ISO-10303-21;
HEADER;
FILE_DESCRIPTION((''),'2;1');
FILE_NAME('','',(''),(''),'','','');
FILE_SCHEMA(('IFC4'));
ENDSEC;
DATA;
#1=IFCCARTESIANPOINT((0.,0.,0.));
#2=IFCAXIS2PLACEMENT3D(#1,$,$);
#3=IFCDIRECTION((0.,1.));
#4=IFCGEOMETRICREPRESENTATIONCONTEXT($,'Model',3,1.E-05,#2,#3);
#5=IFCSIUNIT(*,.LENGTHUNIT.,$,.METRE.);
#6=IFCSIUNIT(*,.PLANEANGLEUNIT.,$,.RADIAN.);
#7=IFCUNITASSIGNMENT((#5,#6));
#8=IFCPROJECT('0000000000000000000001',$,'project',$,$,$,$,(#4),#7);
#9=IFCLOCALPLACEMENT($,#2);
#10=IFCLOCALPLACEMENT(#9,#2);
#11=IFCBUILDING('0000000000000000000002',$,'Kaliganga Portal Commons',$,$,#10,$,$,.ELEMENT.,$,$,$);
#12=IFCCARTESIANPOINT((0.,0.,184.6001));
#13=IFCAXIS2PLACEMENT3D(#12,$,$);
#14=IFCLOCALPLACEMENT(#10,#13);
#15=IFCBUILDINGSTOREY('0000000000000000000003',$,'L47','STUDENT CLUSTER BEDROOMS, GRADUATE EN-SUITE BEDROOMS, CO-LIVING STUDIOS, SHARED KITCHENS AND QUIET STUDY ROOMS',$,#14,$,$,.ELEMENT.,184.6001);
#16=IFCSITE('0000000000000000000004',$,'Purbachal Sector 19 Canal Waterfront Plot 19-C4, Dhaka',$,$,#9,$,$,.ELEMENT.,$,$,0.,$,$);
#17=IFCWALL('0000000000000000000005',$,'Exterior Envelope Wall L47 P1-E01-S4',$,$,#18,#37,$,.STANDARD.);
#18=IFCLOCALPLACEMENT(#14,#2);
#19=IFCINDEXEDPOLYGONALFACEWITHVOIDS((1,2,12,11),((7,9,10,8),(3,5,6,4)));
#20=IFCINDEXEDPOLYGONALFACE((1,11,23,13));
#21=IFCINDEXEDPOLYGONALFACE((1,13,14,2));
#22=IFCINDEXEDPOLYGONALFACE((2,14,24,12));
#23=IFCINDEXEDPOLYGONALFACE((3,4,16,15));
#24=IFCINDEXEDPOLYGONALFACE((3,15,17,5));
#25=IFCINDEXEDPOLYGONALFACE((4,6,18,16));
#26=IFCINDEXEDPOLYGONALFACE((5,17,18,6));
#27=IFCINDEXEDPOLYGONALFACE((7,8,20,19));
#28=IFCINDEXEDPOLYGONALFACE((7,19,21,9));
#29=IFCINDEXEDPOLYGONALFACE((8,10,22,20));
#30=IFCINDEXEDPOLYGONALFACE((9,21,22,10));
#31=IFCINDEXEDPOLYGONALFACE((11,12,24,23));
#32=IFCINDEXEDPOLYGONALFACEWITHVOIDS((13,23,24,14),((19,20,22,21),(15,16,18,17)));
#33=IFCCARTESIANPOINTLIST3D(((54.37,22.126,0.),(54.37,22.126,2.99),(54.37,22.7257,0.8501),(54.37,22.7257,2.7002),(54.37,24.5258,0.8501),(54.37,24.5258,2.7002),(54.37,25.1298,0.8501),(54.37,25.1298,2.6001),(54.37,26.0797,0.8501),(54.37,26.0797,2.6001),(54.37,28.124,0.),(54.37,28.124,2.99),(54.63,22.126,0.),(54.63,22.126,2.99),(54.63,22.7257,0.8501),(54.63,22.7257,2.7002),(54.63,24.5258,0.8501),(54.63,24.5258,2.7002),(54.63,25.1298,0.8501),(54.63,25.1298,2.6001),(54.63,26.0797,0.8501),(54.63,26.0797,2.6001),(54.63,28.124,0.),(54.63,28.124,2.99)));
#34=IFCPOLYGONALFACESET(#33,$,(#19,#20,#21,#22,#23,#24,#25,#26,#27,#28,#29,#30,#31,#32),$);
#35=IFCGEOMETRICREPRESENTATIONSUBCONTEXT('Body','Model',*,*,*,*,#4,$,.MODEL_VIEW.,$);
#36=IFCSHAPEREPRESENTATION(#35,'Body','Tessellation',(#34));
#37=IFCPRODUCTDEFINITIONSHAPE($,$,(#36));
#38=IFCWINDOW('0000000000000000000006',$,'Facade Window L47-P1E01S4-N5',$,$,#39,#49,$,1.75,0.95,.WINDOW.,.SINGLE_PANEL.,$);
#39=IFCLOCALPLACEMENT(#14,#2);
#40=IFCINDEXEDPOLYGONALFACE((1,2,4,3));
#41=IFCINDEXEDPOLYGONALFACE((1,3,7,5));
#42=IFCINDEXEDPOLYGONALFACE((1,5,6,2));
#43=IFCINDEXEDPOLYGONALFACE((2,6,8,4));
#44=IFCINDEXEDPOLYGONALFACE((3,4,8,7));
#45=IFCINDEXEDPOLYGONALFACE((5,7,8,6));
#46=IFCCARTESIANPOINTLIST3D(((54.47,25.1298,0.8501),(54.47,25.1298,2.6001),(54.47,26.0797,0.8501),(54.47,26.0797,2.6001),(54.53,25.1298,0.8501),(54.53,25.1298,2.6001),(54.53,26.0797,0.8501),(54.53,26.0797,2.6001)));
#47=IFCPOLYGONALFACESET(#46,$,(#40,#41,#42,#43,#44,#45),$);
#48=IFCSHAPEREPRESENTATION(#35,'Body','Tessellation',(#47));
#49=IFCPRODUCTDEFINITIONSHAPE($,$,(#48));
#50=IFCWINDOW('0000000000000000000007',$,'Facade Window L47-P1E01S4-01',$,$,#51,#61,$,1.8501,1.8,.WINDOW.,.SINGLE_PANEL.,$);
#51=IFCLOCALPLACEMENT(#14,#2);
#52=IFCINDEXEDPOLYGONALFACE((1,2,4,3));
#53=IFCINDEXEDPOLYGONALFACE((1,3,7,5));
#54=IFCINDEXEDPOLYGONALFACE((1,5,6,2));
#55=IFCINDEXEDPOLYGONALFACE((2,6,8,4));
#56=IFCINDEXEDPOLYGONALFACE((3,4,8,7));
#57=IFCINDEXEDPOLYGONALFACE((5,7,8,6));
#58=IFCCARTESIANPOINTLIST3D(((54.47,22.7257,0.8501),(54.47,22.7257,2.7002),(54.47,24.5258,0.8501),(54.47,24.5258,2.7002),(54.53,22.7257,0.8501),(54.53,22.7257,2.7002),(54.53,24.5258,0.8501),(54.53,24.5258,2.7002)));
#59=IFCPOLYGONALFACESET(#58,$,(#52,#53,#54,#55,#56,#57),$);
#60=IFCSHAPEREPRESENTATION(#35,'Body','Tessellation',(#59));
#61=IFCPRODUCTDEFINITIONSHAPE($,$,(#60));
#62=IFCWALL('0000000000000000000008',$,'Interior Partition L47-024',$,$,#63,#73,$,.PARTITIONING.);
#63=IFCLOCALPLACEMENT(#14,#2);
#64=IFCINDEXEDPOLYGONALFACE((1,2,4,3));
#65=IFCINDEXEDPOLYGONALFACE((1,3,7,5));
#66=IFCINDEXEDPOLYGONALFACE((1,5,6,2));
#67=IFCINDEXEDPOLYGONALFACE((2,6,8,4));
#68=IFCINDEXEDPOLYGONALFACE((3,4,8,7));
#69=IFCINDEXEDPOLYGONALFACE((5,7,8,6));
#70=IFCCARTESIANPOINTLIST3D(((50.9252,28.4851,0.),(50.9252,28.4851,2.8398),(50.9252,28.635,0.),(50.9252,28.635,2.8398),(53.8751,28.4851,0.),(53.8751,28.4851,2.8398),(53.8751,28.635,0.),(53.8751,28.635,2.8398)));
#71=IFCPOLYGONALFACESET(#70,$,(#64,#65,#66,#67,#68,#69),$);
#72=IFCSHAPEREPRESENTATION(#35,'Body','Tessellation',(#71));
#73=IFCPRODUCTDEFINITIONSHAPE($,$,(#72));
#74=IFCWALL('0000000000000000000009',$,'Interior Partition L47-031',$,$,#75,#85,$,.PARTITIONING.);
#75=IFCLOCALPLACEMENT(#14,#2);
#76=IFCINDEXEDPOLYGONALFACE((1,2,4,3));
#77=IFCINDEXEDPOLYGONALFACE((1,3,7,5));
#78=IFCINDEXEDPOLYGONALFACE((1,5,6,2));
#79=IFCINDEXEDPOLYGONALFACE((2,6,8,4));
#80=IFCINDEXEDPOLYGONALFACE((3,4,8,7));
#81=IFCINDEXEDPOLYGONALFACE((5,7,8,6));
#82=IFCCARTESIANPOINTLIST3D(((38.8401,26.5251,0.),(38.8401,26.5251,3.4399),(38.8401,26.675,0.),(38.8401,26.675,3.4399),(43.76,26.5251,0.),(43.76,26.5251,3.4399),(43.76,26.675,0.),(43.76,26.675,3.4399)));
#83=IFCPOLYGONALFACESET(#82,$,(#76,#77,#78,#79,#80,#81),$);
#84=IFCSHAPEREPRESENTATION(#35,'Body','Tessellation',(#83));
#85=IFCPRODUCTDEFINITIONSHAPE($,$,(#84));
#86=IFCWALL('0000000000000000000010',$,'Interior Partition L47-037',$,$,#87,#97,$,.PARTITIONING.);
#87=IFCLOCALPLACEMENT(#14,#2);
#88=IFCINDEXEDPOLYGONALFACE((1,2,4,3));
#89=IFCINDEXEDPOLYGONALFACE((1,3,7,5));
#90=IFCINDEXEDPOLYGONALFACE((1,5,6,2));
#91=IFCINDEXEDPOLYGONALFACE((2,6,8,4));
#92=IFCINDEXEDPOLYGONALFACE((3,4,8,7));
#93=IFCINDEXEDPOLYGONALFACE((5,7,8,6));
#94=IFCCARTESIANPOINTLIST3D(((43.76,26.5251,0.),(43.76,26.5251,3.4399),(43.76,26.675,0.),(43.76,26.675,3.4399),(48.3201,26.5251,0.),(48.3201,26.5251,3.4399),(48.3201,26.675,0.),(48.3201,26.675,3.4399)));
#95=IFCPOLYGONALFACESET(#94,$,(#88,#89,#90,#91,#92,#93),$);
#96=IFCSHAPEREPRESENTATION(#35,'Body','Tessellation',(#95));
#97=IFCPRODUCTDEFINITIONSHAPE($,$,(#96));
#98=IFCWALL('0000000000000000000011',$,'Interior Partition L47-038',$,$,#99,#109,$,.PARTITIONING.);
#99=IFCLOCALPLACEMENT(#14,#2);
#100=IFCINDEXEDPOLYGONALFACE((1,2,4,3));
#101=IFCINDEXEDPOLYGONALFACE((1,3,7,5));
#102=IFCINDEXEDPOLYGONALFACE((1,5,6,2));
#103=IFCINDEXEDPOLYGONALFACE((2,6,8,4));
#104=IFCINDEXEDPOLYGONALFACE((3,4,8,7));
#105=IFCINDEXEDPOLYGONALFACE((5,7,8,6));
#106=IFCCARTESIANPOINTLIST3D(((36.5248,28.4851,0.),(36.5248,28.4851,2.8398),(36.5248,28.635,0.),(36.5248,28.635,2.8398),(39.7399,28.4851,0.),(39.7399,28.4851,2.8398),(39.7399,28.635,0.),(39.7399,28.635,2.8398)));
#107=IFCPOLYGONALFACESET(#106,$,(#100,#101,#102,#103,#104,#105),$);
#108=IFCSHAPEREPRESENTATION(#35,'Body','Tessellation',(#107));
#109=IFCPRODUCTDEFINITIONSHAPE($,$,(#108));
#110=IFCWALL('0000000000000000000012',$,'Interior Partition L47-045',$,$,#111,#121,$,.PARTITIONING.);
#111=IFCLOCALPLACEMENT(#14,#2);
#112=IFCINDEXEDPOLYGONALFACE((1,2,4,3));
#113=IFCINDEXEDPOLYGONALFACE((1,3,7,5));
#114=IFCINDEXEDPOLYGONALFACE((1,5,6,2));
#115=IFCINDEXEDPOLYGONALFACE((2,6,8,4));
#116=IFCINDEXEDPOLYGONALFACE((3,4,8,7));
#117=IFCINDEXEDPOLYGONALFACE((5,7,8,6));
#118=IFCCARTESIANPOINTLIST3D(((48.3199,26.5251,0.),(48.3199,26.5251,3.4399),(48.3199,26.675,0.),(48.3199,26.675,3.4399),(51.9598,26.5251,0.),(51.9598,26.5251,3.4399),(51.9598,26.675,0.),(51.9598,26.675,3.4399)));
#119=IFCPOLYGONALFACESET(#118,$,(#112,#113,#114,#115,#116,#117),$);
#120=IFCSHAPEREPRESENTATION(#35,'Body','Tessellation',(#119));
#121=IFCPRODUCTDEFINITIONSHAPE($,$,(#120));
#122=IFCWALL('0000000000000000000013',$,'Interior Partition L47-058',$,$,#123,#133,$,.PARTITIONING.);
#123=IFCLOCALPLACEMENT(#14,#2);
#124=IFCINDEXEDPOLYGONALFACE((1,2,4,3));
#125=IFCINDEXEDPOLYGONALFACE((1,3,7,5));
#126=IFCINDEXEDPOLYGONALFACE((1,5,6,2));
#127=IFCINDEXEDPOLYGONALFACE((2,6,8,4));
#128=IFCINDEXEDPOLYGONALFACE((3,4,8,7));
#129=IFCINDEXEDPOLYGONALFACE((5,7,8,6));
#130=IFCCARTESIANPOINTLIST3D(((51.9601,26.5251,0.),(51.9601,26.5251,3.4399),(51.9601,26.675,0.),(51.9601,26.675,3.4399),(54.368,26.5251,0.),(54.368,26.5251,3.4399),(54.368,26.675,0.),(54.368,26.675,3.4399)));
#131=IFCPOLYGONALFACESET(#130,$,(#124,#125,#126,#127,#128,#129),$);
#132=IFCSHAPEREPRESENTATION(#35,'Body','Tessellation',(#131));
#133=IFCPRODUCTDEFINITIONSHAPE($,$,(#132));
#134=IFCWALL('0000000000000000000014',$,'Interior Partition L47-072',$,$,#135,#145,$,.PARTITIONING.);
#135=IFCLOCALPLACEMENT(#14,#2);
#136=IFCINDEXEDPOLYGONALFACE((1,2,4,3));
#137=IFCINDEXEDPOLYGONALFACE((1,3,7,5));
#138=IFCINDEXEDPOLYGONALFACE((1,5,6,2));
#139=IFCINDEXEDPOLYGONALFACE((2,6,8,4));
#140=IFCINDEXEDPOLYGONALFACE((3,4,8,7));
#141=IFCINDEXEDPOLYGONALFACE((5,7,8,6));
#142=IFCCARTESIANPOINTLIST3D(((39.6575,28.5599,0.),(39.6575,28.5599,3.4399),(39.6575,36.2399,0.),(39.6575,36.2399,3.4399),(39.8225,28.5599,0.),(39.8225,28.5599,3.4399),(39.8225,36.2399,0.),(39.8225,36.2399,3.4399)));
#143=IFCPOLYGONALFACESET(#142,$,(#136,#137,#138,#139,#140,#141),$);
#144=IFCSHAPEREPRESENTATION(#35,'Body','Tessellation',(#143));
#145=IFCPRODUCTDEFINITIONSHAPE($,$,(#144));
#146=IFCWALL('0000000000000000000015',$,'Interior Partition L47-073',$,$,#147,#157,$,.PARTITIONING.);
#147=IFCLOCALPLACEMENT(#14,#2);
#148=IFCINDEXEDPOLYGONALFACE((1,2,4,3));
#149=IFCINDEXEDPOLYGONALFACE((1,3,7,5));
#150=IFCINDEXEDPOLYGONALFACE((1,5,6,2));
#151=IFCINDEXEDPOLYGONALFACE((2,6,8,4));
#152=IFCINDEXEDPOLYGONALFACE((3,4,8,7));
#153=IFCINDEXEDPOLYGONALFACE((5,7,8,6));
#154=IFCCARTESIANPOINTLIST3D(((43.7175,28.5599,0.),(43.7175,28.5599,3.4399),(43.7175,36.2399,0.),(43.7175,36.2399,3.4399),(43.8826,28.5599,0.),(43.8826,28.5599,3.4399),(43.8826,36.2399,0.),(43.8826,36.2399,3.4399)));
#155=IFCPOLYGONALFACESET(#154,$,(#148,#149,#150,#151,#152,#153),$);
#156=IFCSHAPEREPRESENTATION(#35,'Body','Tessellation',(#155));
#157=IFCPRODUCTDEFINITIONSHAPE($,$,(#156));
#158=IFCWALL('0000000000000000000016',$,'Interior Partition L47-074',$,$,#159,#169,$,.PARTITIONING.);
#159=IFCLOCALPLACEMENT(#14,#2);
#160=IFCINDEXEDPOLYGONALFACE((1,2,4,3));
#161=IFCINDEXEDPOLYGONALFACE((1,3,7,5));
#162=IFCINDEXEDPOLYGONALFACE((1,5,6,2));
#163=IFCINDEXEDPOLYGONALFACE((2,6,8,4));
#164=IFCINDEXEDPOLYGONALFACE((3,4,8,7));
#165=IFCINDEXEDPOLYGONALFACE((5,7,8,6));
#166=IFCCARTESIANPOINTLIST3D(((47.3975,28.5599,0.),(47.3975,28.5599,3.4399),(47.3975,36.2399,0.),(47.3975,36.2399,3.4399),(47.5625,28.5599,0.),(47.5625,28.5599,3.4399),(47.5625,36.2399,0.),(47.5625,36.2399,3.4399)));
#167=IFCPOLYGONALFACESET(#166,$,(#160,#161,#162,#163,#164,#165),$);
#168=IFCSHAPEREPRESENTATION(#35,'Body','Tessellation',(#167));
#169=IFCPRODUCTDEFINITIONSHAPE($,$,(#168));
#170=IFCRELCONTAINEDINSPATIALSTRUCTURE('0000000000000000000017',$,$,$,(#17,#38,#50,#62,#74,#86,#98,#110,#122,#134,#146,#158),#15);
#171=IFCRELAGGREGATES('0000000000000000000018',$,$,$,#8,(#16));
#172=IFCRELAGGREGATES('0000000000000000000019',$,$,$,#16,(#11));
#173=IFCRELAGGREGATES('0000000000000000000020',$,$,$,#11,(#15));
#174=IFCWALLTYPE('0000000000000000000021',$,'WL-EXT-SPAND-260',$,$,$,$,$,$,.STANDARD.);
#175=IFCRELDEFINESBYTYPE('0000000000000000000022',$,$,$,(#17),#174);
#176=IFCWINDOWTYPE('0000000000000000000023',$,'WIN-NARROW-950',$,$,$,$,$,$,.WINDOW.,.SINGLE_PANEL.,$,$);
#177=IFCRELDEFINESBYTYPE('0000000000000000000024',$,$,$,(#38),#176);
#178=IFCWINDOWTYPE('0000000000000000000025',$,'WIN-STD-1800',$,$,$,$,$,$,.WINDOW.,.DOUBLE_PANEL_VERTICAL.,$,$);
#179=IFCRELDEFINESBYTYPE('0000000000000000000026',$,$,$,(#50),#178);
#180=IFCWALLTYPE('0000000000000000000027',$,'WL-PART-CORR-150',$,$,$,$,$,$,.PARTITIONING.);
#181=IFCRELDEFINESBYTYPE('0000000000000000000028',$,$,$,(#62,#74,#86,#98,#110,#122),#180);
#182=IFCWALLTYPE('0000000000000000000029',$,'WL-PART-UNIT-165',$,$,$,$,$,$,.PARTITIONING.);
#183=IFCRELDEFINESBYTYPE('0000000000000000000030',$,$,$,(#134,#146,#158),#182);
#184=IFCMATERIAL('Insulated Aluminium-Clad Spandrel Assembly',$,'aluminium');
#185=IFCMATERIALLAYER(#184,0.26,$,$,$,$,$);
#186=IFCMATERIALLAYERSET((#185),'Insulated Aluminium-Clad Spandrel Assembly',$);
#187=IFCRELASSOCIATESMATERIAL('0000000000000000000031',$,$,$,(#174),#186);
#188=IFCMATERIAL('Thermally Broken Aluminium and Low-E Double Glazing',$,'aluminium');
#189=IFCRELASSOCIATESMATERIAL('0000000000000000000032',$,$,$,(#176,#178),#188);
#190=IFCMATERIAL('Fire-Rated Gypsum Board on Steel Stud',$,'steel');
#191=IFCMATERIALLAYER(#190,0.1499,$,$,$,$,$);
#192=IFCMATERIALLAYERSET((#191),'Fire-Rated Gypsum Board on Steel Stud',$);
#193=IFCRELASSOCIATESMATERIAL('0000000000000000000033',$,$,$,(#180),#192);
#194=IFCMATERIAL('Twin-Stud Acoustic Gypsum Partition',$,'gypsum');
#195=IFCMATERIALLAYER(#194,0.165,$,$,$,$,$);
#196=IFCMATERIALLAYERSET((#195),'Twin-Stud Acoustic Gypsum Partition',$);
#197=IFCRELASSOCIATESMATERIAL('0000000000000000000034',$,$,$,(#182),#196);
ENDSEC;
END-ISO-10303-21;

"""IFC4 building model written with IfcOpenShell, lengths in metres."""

from ifc_helpers import new_model, si_unit, direction, frame, frame_2d, origin, place, context, subcontext, project, spatial, rectangle, extrude, material, layer, layer_set, type_object, element, fill, save


model = new_model("IFC4")

# Units and contexts
model_context = context("Model", 3, precision=1e-05, world=origin(), true_north=direction((0.0, 1.0)))
body_context = subcontext(model_context, "Body", "Model", "MODEL_VIEW")
ifc_project = project(units=[si_unit("LENGTHUNIT", "METRE"), si_unit("PLANEANGLEUNIT", "RADIAN")], contexts=[model_context])

# Site, building, storey
site_placement = place(None, origin())
site = spatial("IfcSite", under=ifc_project, at=site_placement, Name="Purbachal Sector 19 Canal Waterfront Plot 19-C4, Dhaka", CompositionType="ELEMENT", RefElevation=0.0)
building_placement = place(site_placement, origin())
building = spatial("IfcBuilding", under=site, at=building_placement, Name="Kaliganga Portal Commons", CompositionType="ELEMENT")
storey_placement = place(building_placement, frame((0.0, 0.0, 184.6001)))
storey = spatial("IfcBuildingStorey", under=building, at=storey_placement, Name="L47", Description="STUDENT CLUSTER BEDROOMS, GRADUATE EN-SUITE BEDROOMS, CO-LIVING STUDIOS, SHARED KITCHENS AND QUIET STUDY ROOMS", CompositionType="ELEMENT", Elevation=184.6001)

# Wall, openings, windows
ifc_material_1 = material(Name="Insulated Aluminium-Clad Spandrel Assembly", Category="aluminium")
ifc_layer_1 = layer(ifc_material_1, 0.26)
ifc_layer_set_1 = layer_set([ifc_layer_1], Name="Insulated Aluminium-Clad Spandrel Assembly")
wall_type_1 = type_object("IfcWallType", Name="WL-EXT-SPAND-260", PredefinedType="STANDARD", material=ifc_layer_set_1)
wall_1_placement = place(storey_placement, frame((54.5, 28.124, 0.0), z_axis=(0.0, 0.0, 1.0), x_axis=(0.0, -1.0, 0.0)))
wall_1 = element("IfcWall", 1, at=wall_1_placement, inside=storey, type_object=wall_type_1, Name="Exterior Envelope Wall L47 P1-E01-S4", PredefinedType="STANDARD", context=body_context, shape_type="SweptSolid", body=[
    extrude(rectangle(XDim=5.998, YDim=0.26, at=frame_2d((2.999, 0.0))), origin(), (0.0, 0.0, 1.0), 2.99),
])
opening_1_placement = place(wall_1_placement, frame((3.5984, 0.0, 0.8501)))
opening_1 = element("IfcOpeningElement", 2, at=opening_1_placement, cuts=wall_1, PredefinedType="OPENING", context=body_context, shape_type="SweptSolid", body=[
    extrude(rectangle(XDim=1.8, YDim=1.8501, at=frame_2d((0.8999, 0.925))), frame((0.0, 0.1401, 0.0), z_axis=(0.0, -1.0, 0.0), x_axis=(1.0, 0.0, 0.0)), (0.0, 0.0, 1.0), 0.28),
])
opening_2_placement = place(wall_1_placement, frame((2.0442, 0.0, 0.8501)))
opening_2 = element("IfcOpeningElement", 3, at=opening_2_placement, cuts=wall_1, PredefinedType="OPENING", context=body_context, shape_type="SweptSolid", body=[
    extrude(rectangle(XDim=0.95, YDim=1.75, at=frame_2d((0.4751, 0.875))), frame((0.0, 0.1401, 0.0), z_axis=(0.0, -1.0, 0.0), x_axis=(1.0, 0.0, 0.0)), (0.0, 0.0, 1.0), 0.28),
])
ifc_material_2 = material(Name="Thermally Broken Aluminium and Low-E Double Glazing", Category="aluminium")
window_type_1 = type_object("IfcWindowType", Name="WIN-NARROW-950", PartitioningType="SINGLE_PANEL", PredefinedType="WINDOW", material=ifc_material_2)
window_1_placement = place(opening_2_placement, origin())
window_1 = element("IfcWindow", 4, at=window_1_placement, inside=storey, type_object=window_type_1, Name="Facade Window L47-P1E01S4-N5", OverallHeight=1.75, OverallWidth=0.95, PartitioningType="SINGLE_PANEL", PredefinedType="WINDOW", context=body_context, shape_type="SweptSolid", body=[
    extrude(rectangle(XDim=0.95, YDim=1.75, at=frame_2d((0.4751, 0.875))), frame((0.0, 0.03, 0.0), z_axis=(0.0, -1.0, 0.0), x_axis=(1.0, 0.0, 0.0)), (0.0, 0.0, 1.0), 0.0601),
])
fill(opening_2, window_1)
window_type_2 = type_object("IfcWindowType", Name="WIN-STD-1800", PartitioningType="DOUBLE_PANEL_VERTICAL", PredefinedType="WINDOW", material=ifc_material_2)
window_2_placement = place(opening_1_placement, origin())
window_2 = element("IfcWindow", 5, at=window_2_placement, inside=storey, type_object=window_type_2, Name="Facade Window L47-P1E01S4-01", OverallHeight=1.8501, OverallWidth=1.8, PartitioningType="SINGLE_PANEL", PredefinedType="WINDOW", context=body_context, shape_type="SweptSolid", body=[
    extrude(rectangle(XDim=1.8, YDim=1.8501, at=frame_2d((0.8999, 0.925))), frame((0.0, 0.03, 0.0), z_axis=(0.0, -1.0, 0.0), x_axis=(1.0, 0.0, 0.0)), (0.0, 0.0, 1.0), 0.0601),
])
fill(opening_1, window_2)

# Shared definitions
ifc_material_3 = material(Name="Fire-Rated Gypsum Board on Steel Stud", Category="steel")
ifc_layer_2 = layer(ifc_material_3, 0.1499)
ifc_layer_set_2 = layer_set([ifc_layer_2], Name="Fire-Rated Gypsum Board on Steel Stud")
wall_type_2 = type_object("IfcWallType", Name="WL-PART-CORR-150", PredefinedType="PARTITIONING", material=ifc_layer_set_2)

# Walls
wall_2_placement = place(storey_placement, frame((50.925, 28.5601, 0.0), z_axis=(0.0, 0.0, 1.0), x_axis=(1.0, 0.0, 0.0)))
element("IfcWall", 6, at=wall_2_placement, inside=storey, type_object=wall_type_2, Name="Interior Partition L47-024", PredefinedType="PARTITIONING", context=body_context, shape_type="SweptSolid", body=[
    extrude(rectangle(XDim=2.95, YDim=0.1499, at=frame_2d((1.4751, 0.0))), origin(), (0.0, 0.0, 1.0), 2.8398),
])
wall_3_placement = place(storey_placement, frame((38.8401, 26.6001, 0.0), z_axis=(0.0, 0.0, 1.0), x_axis=(1.0, 0.0, 0.0)))
element("IfcWall", 7, at=wall_3_placement, inside=storey, type_object=wall_type_2, Name="Interior Partition L47-031", PredefinedType="PARTITIONING", context=body_context, shape_type="SweptSolid", body=[
    extrude(rectangle(XDim=4.9199, YDim=0.1499, at=frame_2d((2.46, 0.0))), origin(), (0.0, 0.0, 1.0), 3.4399),
])
wall_4_placement = place(storey_placement, frame((43.76, 26.6001, 0.0), z_axis=(0.0, 0.0, 1.0), x_axis=(1.0, 0.0, 0.0)))
element("IfcWall", 8, at=wall_4_placement, inside=storey, type_object=wall_type_2, Name="Interior Partition L47-037", PredefinedType="PARTITIONING", context=body_context, shape_type="SweptSolid", body=[
    extrude(rectangle(XDim=4.5601, YDim=0.1499, at=frame_2d((2.28, 0.0))), origin(), (0.0, 0.0, 1.0), 3.4399),
])
wall_5_placement = place(storey_placement, frame((36.5249, 28.5601, 0.0), z_axis=(0.0, 0.0, 1.0), x_axis=(1.0, 0.0, 0.0)))
element("IfcWall", 9, at=wall_5_placement, inside=storey, type_object=wall_type_2, Name="Interior Partition L47-038", PredefinedType="PARTITIONING", context=body_context, shape_type="SweptSolid", body=[
    extrude(rectangle(XDim=3.2151, YDim=0.1499, at=frame_2d((1.6074, 0.0))), origin(), (0.0, 0.0, 1.0), 2.8398),
])

# Walls
wall_6_placement = place(storey_placement, frame((48.3201, 26.6001, 0.0), z_axis=(0.0, 0.0, 1.0), x_axis=(1.0, 0.0, 0.0)))
element("IfcWall", 10, at=wall_6_placement, inside=storey, type_object=wall_type_2, Name="Interior Partition L47-045", PredefinedType="PARTITIONING", context=body_context, shape_type="SweptSolid", body=[
    extrude(rectangle(XDim=3.6399, YDim=0.1499, at=frame_2d((1.8198, 0.0))), origin(), (0.0, 0.0, 1.0), 3.4399),
])
wall_7_placement = place(storey_placement, frame((51.96, 26.6001, 0.0), z_axis=(0.0, 0.0, 1.0), x_axis=(1.0, 0.0, 0.0)))
element("IfcWall", 11, at=wall_7_placement, inside=storey, type_object=wall_type_2, Name="Interior Partition L47-058", PredefinedType="PARTITIONING", context=body_context, shape_type="SweptSolid", body=[
    extrude(rectangle(XDim=2.408, YDim=0.1499, at=frame_2d((1.2041, 0.0))), origin(), (0.0, 0.0, 1.0), 3.4399),
])
ifc_material_4 = material(Name="Twin-Stud Acoustic Gypsum Partition", Category="gypsum")
ifc_layer_3 = layer(ifc_material_4, 0.165)
ifc_layer_set_3 = layer_set([ifc_layer_3], Name="Twin-Stud Acoustic Gypsum Partition")
wall_type_3 = type_object("IfcWallType", Name="WL-PART-UNIT-165", PredefinedType="PARTITIONING", material=ifc_layer_set_3)
for number, where, z_axis, x_axis, name in (
    (12, (39.74, 28.5601, 0.0), (0.0, 0.0, 1.0), (0.0, 1.0, 0.0), "Interior Partition L47-072"),
    (13, (43.8, 28.5601, 0.0), (0.0, 0.0, 1.0), (0.0, 1.0, 0.0), "Interior Partition L47-073"),
    (14, (47.48, 28.5601, 0.0), (0.0, 0.0, 1.0), (0.0, 1.0, 0.0), "Interior Partition L47-074"),
):
    element("IfcWall", number, at=place(storey_placement, frame(where, z_axis=z_axis, x_axis=x_axis)), inside=storey, type_object=wall_type_3, Name=name, PredefinedType="PARTITIONING", context=body_context, shape_type="SweptSolid", body=[
        extrude(rectangle(XDim=7.6799, YDim=0.165, at=frame_2d((3.8398, 0.0))), origin(), (0.0, 0.0, 1.0), 3.4399),
    ])

save(model, "model.ifc")
